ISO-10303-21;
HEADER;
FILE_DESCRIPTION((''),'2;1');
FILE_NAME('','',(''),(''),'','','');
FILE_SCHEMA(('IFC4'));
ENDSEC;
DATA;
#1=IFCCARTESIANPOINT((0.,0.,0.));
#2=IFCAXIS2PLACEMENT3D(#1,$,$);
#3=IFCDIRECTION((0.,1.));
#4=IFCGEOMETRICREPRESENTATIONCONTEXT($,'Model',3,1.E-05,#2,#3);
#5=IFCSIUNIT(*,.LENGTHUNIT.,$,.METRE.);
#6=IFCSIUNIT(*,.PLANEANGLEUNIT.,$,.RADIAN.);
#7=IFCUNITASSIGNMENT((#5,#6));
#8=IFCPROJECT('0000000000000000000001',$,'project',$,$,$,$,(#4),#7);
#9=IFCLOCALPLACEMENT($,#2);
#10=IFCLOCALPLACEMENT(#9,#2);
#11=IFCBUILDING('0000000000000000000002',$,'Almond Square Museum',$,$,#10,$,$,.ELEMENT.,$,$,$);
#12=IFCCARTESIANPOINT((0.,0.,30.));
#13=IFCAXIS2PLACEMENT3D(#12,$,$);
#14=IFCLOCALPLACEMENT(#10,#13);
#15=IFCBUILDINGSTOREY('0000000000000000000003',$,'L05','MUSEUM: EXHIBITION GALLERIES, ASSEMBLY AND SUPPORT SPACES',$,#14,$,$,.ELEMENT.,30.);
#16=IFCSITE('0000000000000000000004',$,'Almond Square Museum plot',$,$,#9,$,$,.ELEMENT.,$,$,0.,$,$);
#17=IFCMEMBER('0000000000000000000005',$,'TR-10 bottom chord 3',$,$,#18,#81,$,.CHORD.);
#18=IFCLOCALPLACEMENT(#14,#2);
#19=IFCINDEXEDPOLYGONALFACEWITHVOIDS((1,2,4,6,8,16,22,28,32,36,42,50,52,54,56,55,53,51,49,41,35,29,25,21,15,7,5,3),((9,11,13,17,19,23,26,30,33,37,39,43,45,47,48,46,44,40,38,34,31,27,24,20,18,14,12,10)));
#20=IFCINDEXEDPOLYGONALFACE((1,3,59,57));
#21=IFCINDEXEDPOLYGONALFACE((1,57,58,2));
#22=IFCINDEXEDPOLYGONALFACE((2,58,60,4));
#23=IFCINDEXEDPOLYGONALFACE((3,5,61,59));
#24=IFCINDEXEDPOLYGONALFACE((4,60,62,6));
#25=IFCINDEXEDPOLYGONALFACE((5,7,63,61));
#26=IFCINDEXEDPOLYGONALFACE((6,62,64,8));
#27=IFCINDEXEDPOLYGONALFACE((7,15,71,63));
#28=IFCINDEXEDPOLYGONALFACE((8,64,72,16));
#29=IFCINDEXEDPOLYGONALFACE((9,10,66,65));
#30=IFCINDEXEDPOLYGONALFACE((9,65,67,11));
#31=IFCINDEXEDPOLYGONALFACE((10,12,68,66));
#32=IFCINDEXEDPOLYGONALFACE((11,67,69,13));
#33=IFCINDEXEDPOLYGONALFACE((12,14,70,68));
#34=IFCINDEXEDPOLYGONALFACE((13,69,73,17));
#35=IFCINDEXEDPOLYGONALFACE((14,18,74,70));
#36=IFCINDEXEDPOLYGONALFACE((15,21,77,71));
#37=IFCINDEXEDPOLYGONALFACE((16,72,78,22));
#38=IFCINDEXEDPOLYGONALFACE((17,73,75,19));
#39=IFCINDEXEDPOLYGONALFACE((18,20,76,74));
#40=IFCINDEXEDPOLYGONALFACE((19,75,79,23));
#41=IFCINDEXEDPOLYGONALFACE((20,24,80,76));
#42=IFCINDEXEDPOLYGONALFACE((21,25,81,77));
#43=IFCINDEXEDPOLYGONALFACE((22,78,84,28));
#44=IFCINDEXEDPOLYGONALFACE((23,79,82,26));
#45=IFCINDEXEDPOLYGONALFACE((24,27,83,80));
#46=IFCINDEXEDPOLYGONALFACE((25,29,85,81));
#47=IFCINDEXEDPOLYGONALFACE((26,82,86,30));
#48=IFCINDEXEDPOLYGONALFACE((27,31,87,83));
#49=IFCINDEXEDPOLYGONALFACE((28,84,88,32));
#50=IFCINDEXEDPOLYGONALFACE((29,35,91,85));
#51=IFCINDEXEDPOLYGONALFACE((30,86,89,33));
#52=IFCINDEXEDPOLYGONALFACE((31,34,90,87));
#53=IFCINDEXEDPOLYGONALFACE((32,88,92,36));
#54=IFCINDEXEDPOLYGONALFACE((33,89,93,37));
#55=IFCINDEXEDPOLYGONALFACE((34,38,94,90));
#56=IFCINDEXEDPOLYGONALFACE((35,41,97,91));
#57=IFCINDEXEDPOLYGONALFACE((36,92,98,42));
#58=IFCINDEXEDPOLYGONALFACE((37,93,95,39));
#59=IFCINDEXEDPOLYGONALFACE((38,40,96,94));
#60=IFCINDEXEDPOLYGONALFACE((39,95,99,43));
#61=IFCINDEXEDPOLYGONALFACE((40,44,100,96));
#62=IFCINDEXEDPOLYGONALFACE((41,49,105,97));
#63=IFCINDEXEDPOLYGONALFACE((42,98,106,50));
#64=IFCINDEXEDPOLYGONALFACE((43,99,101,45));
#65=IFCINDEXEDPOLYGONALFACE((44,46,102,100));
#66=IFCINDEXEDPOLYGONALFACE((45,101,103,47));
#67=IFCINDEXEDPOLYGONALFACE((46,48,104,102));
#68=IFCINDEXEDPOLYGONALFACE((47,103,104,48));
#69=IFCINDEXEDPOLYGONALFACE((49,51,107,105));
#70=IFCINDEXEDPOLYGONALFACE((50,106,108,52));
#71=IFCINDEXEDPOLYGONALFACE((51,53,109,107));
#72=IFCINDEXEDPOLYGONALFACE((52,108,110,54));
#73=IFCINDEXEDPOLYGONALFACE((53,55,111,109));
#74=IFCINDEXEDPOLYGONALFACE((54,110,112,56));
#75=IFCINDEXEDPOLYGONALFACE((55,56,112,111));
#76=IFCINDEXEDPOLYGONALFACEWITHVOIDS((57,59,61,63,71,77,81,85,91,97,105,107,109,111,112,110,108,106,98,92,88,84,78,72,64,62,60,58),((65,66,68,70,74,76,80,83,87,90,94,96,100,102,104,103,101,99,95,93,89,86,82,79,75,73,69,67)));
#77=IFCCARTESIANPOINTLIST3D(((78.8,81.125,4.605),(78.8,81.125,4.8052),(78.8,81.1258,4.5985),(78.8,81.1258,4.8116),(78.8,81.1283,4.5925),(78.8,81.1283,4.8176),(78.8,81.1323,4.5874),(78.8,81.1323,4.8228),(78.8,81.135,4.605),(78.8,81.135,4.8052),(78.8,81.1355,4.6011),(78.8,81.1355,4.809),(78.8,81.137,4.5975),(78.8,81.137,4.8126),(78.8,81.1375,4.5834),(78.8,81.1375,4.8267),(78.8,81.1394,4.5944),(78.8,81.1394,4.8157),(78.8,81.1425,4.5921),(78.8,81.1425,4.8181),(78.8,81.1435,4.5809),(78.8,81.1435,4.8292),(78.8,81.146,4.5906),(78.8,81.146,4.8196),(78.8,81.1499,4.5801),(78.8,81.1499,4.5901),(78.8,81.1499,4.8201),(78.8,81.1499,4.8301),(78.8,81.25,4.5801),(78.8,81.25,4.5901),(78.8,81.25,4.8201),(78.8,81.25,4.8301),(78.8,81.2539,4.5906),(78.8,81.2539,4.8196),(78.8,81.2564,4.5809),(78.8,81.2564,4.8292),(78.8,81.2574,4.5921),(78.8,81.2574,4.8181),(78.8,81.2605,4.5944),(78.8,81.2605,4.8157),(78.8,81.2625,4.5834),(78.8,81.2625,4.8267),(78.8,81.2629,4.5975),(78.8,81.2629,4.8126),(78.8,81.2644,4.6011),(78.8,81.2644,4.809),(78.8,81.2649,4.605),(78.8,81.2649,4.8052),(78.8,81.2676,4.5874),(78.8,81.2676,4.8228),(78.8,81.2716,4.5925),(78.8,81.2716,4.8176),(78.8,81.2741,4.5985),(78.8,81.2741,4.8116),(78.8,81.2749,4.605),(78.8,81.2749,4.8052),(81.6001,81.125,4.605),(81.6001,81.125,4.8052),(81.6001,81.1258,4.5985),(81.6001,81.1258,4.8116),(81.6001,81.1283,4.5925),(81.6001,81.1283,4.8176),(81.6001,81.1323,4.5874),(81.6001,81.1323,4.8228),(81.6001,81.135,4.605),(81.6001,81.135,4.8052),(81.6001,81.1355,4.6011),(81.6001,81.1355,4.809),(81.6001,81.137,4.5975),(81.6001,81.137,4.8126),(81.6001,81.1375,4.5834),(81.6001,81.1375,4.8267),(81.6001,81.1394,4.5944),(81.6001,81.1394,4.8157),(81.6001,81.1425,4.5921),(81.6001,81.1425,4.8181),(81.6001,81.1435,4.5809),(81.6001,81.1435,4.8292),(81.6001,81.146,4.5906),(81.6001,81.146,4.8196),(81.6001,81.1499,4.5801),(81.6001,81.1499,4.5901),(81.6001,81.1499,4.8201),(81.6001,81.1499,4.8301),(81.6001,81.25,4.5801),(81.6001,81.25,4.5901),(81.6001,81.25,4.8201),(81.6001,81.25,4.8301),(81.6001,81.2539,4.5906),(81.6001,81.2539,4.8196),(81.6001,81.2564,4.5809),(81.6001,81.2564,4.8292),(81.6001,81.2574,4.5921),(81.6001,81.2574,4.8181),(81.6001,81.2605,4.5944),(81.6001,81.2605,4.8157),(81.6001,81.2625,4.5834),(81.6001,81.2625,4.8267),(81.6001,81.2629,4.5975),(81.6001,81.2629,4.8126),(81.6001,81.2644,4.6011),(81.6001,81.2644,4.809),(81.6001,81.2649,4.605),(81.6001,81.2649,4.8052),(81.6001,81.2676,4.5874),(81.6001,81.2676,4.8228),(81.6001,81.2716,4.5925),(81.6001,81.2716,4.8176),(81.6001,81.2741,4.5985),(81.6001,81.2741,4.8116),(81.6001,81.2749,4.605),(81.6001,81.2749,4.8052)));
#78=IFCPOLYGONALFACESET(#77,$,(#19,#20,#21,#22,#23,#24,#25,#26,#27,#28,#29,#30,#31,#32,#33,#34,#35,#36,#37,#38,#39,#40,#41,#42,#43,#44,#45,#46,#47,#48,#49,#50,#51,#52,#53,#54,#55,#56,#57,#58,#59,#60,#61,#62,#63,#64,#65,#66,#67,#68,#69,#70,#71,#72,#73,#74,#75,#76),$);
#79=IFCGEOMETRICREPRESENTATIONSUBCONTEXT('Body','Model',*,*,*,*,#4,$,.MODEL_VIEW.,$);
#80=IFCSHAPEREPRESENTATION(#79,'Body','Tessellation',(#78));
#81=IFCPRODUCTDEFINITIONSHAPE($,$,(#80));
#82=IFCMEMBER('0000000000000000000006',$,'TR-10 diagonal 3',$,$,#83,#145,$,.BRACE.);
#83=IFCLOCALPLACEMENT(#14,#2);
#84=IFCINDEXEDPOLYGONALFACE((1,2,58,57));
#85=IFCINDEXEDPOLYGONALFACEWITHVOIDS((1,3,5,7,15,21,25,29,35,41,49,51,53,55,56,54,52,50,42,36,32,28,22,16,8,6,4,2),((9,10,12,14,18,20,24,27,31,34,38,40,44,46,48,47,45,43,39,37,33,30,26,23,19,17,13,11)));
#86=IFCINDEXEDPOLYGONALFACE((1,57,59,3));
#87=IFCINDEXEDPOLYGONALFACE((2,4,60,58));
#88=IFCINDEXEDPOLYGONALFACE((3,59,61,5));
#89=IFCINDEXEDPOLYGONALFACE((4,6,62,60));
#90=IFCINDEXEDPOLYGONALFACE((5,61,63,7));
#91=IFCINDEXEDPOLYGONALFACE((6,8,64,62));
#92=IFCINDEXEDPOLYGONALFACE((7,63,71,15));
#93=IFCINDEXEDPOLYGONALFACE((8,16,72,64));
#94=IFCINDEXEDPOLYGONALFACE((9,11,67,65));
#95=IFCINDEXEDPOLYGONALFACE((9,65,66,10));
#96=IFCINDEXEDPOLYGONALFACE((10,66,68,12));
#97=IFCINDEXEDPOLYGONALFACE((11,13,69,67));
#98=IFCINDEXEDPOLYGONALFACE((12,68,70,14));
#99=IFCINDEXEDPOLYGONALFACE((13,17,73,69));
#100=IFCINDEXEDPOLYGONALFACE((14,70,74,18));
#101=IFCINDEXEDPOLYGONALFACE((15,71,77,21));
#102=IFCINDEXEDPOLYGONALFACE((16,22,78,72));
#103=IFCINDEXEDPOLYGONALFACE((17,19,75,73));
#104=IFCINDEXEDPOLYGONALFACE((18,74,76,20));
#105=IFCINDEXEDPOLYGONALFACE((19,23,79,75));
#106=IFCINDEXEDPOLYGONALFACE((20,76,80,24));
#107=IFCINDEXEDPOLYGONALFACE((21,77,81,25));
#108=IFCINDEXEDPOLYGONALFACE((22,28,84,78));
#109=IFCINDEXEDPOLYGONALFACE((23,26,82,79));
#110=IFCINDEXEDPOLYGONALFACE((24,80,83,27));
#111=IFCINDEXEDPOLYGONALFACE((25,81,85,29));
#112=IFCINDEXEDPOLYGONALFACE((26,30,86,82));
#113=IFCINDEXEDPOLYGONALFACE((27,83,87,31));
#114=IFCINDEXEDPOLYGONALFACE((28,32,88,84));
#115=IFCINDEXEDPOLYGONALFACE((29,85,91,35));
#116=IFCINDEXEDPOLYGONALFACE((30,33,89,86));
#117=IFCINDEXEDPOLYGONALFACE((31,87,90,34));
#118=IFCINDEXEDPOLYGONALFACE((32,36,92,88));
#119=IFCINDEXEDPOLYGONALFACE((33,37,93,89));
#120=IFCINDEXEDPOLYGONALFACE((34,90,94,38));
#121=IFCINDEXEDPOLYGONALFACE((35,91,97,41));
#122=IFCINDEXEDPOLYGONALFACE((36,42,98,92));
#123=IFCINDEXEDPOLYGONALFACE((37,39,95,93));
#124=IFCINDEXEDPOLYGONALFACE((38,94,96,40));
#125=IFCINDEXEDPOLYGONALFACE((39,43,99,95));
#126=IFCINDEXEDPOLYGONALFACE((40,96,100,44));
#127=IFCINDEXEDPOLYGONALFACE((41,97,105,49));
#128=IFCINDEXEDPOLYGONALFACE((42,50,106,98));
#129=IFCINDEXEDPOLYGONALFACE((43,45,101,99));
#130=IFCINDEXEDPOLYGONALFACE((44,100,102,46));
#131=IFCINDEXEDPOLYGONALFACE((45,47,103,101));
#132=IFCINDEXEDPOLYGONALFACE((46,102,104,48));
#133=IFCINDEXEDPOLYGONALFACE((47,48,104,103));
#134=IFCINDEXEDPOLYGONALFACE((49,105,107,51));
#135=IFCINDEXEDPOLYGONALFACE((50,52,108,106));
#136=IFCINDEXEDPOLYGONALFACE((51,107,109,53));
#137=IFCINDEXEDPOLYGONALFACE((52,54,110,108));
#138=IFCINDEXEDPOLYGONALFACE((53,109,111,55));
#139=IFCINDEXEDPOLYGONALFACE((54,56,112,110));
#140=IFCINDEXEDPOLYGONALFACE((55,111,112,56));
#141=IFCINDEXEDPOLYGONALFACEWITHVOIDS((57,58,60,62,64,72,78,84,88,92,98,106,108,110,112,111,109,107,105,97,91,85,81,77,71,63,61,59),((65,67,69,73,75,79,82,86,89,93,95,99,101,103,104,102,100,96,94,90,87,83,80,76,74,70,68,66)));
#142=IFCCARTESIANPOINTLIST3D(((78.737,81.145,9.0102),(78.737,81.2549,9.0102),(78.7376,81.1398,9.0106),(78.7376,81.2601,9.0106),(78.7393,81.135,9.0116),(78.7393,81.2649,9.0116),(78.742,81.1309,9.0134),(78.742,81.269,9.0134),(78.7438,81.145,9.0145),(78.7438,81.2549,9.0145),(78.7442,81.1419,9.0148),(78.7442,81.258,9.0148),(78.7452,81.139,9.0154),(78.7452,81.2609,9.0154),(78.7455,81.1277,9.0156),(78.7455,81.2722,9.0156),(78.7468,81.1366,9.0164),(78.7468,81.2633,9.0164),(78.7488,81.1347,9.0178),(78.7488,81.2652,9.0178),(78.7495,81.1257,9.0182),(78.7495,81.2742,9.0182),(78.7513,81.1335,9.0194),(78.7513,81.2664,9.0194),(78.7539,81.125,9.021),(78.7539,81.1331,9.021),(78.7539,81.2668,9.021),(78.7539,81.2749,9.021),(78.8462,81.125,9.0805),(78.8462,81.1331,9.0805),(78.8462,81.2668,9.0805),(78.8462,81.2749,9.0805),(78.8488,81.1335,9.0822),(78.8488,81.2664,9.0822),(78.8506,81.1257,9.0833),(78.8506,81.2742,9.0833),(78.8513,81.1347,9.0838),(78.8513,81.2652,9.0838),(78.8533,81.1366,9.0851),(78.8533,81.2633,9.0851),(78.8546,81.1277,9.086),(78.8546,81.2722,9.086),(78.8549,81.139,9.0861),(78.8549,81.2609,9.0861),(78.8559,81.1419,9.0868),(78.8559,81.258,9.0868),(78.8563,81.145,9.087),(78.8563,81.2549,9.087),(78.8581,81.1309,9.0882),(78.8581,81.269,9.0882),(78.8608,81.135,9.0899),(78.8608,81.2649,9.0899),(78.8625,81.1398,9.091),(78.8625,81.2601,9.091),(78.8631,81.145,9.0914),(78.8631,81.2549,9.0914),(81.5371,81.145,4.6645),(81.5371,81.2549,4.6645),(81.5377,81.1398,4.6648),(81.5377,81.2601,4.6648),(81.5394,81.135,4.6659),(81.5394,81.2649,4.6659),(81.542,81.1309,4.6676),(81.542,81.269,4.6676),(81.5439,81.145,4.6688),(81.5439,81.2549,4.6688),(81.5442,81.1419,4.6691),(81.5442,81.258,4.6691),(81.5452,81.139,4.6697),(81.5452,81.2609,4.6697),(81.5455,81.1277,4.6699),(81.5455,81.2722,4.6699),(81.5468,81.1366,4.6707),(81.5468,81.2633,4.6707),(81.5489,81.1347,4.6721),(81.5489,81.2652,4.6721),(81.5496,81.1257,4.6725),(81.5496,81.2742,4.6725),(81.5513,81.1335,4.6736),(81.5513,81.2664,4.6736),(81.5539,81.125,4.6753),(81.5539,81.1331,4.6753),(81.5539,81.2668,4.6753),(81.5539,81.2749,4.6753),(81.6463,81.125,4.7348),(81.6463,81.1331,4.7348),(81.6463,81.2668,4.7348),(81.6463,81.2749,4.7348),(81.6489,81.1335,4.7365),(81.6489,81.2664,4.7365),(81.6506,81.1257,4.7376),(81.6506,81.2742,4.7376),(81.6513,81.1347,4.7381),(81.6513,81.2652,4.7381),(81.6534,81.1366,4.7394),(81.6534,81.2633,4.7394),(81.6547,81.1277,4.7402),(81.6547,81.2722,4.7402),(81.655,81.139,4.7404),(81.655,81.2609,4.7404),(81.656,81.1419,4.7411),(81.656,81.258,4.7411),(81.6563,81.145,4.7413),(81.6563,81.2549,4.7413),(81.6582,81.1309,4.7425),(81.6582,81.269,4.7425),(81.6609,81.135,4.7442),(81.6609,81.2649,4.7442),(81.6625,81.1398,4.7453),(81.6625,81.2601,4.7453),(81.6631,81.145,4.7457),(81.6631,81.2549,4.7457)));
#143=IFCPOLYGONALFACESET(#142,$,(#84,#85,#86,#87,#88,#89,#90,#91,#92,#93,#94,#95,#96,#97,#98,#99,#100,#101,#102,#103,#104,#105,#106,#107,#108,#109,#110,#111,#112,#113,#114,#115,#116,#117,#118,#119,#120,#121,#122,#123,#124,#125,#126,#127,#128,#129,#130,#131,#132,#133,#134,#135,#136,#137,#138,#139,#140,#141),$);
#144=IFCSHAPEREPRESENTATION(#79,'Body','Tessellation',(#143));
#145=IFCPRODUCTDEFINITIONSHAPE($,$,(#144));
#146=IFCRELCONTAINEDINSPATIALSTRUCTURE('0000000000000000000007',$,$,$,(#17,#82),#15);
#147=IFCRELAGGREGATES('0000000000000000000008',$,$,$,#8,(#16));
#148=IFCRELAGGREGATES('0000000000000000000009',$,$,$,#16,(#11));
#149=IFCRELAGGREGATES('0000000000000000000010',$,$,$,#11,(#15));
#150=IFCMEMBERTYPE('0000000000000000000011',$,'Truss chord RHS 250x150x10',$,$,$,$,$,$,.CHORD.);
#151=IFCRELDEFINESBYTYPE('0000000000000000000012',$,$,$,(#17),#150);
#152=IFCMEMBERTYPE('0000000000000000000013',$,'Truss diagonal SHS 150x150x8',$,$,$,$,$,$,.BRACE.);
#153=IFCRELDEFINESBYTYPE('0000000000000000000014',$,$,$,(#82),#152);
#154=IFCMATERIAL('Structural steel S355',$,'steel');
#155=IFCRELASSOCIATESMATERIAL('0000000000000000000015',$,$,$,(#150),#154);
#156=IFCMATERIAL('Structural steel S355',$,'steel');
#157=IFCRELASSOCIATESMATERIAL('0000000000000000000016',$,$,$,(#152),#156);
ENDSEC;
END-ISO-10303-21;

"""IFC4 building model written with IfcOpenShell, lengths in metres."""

from ifc_helpers import new_model, si_unit, direction, frame, origin, origin_2d, place, context, subcontext, project, spatial, hollow_rectangle, extrude, material, material_profile, profile_set, type_object, element, save


model = new_model("IFC4")

# Units and contexts
model_context = context("Model", 3, precision=1e-05, world=origin(), true_north=direction((0.0, 1.0)))
body_context = subcontext(model_context, "Body", "Model", "MODEL_VIEW")
ifc_project = project(units=[si_unit("LENGTHUNIT", "METRE"), si_unit("PLANEANGLEUNIT", "RADIAN")], contexts=[model_context])

# Site, building, storey
site_placement = place(None, origin())
site = spatial("IfcSite", under=ifc_project, at=site_placement, Name="Almond Square Museum plot", CompositionType="ELEMENT", RefElevation=0.0)
building_placement = place(site_placement, origin())
building = spatial("IfcBuilding", under=site, at=building_placement, Name="Almond Square Museum", CompositionType="ELEMENT")
storey_placement = place(building_placement, frame((0.0, 0.0, 30.0)))
storey = spatial("IfcBuildingStorey", under=building, at=storey_placement, Name="L05", Description="MUSEUM: EXHIBITION GALLERIES, ASSEMBLY AND SUPPORT SPACES", CompositionType="ELEMENT", Elevation=30.0)

# Members
ifc_material_1 = material(Name="Structural steel S355", Category="steel")
ifc_material_profile_1 = material_profile(ifc_material_1, hollow_rectangle(XDim=0.1499, YDim=0.25, WallThickness=0.01, InnerFilletRadius=0.0149, OuterFilletRadius=0.0249, at=origin_2d()))
ifc_profile_set_1 = profile_set([ifc_material_profile_1], Name="Structural steel S355")
member_type_1 = type_object("IfcMemberType", Name="Truss chord RHS 250x150x10", PredefinedType="CHORD", material=ifc_profile_set_1)
for number, where, z_axis, x_axis, name in (
    (1, (78.8, 81.2, 4.7051), (1.0, 0.0, 0.0), (0.0, 1.0, 0.0), "TR-10 bottom chord 3"),
):
    element("IfcMember", number, at=place(storey_placement, frame(where, z_axis=z_axis, x_axis=x_axis)), inside=storey, type_object=member_type_1, Name=name, PredefinedType="CHORD", context=body_context, shape_type="SweptSolid", body=[
        extrude(hollow_rectangle(XDim=0.1499, YDim=0.25, WallThickness=0.01, InnerFilletRadius=0.0149, OuterFilletRadius=0.0249, at=origin_2d()), origin(), (0.0, 0.0, 1.0), 2.8),
    ])
ifc_material_2 = material(Name="Structural steel S355", Category="steel")
ifc_material_profile_2 = material_profile(ifc_material_2, hollow_rectangle(XDim=0.1499, YDim=0.1499, WallThickness=0.0081, InnerFilletRadius=0.012, OuterFilletRadius=0.02, at=origin_2d()))
ifc_profile_set_2 = profile_set([ifc_material_profile_2], Name="Structural steel S355")
member_type_2 = type_object("IfcMemberType", Name="Truss diagonal SHS 150x150x8", PredefinedType="BRACE", material=ifc_profile_set_2)
member_1_placement = place(storey_placement, frame((78.8, 81.2, 9.0508), z_axis=(0.541631, 0.0, -0.840616), x_axis=(0.0, 1.0, 0.0)))
element("IfcMember", 2, at=member_1_placement, inside=storey, type_object=member_type_2, Name="TR-10 diagonal 3", PredefinedType="BRACE", context=body_context, shape_type="SweptSolid", body=[
    extrude(hollow_rectangle(XDim=0.1499, YDim=0.1499, WallThickness=0.0081, InnerFilletRadius=0.012, OuterFilletRadius=0.02, at=origin_2d()), origin(), (0.0, 0.0, 1.0), 5.1697),
])

save(model, "model.ifc")
